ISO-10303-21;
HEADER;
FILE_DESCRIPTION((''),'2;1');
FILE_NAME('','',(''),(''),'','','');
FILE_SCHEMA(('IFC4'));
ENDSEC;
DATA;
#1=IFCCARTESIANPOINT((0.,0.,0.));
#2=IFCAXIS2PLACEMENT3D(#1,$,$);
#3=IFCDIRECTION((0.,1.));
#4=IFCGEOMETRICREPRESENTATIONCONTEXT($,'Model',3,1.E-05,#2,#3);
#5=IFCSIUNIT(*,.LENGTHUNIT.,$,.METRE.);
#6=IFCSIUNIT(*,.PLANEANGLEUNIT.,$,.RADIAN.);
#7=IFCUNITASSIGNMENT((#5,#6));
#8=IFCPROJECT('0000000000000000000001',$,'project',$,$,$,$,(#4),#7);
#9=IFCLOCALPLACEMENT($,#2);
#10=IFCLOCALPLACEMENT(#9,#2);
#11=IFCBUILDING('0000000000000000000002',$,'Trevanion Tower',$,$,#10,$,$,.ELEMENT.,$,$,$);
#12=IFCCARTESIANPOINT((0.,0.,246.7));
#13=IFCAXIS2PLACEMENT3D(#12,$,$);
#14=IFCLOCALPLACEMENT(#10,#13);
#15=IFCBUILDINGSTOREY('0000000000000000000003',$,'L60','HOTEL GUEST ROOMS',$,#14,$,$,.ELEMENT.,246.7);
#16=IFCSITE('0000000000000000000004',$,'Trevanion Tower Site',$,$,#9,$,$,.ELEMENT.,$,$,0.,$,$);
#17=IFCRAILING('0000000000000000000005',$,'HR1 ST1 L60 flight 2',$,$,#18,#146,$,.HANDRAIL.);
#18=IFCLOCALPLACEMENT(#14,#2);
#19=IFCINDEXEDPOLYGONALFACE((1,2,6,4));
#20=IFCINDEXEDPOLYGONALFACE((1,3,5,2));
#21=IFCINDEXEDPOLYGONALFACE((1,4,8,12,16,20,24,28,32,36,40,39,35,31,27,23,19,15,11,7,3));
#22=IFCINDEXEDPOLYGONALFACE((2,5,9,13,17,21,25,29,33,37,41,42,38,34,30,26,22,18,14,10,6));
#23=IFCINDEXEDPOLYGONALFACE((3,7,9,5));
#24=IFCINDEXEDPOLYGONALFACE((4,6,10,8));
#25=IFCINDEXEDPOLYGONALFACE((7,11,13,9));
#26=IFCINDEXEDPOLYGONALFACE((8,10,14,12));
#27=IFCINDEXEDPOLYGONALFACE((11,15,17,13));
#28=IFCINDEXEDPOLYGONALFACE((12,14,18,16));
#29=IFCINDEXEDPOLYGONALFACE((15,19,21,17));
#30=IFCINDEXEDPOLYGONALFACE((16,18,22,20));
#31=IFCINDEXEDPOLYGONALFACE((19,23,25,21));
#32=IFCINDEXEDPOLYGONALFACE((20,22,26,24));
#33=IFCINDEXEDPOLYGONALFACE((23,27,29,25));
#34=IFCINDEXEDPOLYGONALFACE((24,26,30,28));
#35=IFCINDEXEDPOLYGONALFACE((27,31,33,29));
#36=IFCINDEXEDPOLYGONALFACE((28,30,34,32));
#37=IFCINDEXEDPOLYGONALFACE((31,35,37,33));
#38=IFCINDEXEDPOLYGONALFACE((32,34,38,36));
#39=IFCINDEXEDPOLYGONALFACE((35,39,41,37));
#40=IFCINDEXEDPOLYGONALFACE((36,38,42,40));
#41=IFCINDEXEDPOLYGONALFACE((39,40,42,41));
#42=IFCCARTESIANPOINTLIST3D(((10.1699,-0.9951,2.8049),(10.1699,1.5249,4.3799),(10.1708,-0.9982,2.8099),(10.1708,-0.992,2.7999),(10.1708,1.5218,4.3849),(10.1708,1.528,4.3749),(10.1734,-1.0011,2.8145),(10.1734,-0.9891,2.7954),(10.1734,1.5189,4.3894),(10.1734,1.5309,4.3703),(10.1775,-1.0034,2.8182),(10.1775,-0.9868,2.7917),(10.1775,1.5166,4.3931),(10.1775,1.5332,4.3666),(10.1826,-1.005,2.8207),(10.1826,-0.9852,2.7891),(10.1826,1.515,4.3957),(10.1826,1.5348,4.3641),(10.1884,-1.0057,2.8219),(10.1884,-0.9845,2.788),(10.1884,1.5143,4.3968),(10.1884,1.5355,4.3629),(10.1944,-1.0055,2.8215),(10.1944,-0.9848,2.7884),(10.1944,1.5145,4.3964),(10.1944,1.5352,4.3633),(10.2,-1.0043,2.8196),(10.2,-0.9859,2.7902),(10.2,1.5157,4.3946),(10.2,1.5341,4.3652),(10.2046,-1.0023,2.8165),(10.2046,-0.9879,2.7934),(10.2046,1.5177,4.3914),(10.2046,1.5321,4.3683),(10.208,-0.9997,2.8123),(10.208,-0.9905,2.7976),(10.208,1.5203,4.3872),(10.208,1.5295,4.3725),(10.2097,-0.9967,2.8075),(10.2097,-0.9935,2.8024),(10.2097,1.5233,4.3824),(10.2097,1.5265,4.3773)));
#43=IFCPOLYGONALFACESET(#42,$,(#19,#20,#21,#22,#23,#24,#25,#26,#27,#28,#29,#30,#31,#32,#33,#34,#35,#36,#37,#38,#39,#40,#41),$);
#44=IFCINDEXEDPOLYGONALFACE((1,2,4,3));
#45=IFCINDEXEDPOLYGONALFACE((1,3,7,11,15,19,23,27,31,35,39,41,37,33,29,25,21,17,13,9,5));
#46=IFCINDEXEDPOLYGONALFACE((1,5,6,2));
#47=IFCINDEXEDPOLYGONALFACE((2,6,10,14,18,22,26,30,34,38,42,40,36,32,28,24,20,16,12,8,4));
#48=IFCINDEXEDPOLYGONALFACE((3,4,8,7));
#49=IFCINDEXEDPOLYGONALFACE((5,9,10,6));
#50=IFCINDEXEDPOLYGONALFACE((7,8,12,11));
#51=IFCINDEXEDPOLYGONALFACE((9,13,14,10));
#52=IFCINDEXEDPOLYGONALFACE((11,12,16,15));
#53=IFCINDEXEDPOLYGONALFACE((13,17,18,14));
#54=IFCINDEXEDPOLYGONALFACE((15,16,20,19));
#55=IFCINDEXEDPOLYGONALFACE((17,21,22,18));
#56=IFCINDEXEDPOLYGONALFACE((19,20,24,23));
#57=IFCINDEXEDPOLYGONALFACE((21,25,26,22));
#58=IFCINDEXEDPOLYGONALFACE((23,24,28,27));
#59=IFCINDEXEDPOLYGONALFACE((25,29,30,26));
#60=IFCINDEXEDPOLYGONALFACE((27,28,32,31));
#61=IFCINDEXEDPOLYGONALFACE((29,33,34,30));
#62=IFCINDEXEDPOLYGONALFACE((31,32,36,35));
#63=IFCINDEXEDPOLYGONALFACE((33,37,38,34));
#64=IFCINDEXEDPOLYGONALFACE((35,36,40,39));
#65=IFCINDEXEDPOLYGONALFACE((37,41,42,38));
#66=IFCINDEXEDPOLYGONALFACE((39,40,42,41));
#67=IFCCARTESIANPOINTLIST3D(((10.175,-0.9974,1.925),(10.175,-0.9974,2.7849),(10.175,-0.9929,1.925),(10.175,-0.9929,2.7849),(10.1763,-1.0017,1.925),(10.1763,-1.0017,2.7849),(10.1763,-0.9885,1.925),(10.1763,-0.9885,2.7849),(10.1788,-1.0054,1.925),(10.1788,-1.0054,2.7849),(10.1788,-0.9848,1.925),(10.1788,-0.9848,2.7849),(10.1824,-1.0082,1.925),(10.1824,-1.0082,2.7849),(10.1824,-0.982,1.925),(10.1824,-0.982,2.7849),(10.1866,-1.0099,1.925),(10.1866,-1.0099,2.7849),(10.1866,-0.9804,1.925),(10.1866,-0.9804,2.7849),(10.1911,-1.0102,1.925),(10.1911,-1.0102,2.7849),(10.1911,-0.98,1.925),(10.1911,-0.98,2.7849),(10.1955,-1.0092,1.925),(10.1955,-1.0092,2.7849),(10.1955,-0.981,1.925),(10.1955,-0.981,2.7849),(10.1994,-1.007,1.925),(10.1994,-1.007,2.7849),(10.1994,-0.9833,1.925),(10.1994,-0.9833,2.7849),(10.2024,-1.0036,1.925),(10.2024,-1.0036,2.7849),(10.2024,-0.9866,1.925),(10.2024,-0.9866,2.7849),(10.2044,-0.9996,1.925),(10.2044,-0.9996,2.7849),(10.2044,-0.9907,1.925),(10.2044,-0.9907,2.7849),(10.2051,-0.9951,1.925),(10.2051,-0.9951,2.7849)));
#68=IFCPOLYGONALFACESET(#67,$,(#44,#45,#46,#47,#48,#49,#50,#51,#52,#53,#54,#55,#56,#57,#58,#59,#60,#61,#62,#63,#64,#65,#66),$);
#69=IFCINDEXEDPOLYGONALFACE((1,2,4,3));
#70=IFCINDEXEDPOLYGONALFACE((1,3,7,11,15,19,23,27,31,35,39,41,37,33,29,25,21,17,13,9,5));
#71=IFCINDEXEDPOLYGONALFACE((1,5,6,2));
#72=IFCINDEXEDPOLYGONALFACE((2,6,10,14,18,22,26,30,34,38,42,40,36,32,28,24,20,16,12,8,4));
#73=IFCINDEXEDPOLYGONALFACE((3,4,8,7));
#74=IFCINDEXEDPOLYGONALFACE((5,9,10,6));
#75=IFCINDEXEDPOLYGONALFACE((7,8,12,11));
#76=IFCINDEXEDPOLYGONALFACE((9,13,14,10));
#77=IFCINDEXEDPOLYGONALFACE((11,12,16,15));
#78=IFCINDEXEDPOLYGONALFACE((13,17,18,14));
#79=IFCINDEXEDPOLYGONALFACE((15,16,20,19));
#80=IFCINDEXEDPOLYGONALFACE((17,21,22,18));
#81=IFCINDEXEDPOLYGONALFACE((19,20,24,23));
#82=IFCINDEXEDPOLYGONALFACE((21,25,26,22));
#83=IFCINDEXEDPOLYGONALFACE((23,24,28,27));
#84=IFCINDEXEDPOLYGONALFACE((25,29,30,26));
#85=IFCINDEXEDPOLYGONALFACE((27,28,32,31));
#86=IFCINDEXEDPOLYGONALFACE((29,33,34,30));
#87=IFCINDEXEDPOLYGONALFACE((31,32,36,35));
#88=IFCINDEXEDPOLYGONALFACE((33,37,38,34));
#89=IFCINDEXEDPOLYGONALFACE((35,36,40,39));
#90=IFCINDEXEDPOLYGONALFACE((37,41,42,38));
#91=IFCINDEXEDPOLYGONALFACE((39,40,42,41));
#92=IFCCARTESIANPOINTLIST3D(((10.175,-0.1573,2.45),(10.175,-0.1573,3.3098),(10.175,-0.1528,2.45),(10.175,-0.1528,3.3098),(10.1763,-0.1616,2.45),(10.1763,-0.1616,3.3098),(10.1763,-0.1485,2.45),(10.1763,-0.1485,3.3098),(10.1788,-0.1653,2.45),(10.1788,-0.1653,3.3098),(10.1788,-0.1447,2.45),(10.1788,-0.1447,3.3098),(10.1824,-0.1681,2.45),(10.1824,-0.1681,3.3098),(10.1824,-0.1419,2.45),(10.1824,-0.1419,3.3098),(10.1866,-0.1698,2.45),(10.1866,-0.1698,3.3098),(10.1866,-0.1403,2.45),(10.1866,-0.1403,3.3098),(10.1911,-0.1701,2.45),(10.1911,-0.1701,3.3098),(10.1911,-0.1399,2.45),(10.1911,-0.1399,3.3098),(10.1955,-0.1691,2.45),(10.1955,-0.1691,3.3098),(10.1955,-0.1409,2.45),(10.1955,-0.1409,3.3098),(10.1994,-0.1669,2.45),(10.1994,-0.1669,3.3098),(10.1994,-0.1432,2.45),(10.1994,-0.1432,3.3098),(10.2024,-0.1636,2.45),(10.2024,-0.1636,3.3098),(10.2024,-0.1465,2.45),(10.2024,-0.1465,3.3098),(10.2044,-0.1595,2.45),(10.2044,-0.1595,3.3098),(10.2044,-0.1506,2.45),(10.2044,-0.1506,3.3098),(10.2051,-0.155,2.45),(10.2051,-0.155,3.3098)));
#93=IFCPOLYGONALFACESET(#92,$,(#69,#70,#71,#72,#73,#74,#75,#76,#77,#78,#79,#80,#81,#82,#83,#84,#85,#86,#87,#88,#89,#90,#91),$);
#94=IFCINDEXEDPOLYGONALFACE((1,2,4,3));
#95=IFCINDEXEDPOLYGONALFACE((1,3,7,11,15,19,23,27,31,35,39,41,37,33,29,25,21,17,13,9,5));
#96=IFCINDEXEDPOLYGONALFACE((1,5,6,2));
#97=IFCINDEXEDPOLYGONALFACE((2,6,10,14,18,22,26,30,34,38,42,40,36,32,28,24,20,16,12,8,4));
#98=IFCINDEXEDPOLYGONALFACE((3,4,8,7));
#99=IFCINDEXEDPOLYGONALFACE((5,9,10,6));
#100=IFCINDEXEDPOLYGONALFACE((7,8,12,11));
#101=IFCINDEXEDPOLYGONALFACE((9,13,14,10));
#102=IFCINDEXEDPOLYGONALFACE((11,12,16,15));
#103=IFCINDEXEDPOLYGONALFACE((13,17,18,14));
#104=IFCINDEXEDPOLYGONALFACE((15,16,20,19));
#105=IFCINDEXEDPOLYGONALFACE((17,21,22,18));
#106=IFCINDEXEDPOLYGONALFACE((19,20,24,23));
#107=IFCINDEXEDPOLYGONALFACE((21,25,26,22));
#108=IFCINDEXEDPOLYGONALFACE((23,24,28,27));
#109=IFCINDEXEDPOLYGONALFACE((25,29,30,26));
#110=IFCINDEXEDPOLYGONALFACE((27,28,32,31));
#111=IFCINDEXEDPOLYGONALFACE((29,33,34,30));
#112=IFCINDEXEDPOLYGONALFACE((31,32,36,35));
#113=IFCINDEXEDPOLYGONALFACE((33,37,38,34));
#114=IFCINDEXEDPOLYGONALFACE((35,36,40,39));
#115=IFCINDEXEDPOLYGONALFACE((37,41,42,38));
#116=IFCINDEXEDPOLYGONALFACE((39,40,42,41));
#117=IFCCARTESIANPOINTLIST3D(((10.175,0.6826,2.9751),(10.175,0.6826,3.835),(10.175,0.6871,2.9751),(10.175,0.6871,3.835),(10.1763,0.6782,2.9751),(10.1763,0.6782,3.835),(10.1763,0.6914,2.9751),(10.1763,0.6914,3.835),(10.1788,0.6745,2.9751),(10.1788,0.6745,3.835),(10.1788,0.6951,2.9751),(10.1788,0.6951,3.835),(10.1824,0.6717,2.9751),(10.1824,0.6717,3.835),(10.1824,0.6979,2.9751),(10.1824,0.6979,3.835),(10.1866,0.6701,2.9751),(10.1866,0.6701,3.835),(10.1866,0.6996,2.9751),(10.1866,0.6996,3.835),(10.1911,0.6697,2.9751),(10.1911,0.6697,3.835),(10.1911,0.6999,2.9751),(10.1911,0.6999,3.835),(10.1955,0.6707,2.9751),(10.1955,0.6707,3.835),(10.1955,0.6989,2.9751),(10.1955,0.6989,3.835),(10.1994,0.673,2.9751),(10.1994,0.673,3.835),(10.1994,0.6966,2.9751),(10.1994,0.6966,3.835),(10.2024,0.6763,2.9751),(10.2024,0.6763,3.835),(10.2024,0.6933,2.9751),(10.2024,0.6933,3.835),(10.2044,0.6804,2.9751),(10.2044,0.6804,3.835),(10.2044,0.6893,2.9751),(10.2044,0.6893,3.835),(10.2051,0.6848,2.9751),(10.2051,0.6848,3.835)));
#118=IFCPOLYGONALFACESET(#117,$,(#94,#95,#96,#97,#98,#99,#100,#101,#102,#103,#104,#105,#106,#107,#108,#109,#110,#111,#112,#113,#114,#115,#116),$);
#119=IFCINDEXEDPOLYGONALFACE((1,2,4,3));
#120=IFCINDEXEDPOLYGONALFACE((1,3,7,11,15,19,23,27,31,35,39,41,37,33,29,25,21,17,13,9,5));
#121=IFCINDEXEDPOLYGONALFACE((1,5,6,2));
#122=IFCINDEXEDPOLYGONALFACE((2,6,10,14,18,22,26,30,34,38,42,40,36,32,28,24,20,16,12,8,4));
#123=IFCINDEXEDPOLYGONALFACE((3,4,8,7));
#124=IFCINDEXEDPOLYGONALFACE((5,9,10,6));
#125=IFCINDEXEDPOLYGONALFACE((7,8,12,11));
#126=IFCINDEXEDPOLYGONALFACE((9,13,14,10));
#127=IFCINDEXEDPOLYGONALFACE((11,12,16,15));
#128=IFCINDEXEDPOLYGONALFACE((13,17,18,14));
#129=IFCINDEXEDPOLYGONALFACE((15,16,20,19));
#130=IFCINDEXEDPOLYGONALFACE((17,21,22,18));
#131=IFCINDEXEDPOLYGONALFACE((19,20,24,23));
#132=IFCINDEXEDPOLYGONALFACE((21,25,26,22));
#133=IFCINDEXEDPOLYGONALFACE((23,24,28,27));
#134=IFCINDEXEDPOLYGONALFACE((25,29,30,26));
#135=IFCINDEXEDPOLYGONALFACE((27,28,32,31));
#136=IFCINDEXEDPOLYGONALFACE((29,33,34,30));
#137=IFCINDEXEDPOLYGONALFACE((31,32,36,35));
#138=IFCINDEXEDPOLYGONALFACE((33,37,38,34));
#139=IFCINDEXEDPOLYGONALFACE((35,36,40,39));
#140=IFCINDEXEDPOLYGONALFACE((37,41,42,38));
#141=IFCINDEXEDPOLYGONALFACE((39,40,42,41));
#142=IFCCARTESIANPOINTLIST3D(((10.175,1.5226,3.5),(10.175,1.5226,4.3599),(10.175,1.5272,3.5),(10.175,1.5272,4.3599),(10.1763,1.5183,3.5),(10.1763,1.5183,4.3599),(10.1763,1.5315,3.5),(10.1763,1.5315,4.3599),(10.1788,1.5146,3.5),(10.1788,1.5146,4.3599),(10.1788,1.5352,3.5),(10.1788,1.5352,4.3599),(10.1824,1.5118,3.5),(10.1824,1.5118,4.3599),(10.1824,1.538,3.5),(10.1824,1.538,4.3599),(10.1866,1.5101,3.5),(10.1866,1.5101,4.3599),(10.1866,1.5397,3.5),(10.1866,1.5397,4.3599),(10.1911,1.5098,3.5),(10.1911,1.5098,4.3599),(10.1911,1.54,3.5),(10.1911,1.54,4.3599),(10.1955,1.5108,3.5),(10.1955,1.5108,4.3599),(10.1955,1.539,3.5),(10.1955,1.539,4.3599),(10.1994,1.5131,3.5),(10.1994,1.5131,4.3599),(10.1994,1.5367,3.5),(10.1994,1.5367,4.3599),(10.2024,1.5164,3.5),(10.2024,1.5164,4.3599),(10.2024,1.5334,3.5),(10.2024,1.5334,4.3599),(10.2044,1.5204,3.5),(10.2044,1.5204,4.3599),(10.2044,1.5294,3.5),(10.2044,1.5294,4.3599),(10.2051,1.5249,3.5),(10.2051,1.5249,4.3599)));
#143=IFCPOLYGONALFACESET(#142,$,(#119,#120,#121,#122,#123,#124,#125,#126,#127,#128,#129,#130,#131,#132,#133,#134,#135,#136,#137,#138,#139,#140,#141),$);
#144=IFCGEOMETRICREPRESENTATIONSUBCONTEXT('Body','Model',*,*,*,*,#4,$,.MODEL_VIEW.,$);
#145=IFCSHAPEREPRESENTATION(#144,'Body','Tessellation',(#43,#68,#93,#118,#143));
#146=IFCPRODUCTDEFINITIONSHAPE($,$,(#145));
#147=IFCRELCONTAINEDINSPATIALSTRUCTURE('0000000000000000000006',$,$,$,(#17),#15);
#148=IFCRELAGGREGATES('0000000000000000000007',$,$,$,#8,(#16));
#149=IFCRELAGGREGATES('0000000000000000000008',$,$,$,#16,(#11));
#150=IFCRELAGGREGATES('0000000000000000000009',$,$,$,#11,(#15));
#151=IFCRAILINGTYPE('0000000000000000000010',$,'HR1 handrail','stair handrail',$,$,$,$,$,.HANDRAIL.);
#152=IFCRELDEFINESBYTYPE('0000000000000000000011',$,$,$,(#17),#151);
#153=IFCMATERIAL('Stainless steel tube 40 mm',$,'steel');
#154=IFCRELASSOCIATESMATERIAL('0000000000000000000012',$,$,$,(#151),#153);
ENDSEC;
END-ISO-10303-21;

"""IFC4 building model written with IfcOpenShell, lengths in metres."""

from ifc_helpers import new_model, si_unit, direction, frame, origin, origin_2d, place, context, subcontext, project, spatial, circle, extrude, material, type_object, element, save


model = new_model("IFC4")

# Units and contexts
model_context = context("Model", 3, precision=1e-05, world=origin(), true_north=direction((0.0, 1.0)))
body_context = subcontext(model_context, "Body", "Model", "MODEL_VIEW")
ifc_project = project(units=[si_unit("LENGTHUNIT", "METRE"), si_unit("PLANEANGLEUNIT", "RADIAN")], contexts=[model_context])

# Site, building, storey
site_placement = place(None, origin())
site = spatial("IfcSite", under=ifc_project, at=site_placement, Name="Trevanion Tower Site", CompositionType="ELEMENT", RefElevation=0.0)
building_placement = place(site_placement, origin())
building = spatial("IfcBuilding", under=site, at=building_placement, Name="Trevanion Tower", CompositionType="ELEMENT")
storey_placement = place(building_placement, frame((0.0, 0.0, 246.7)))
storey = spatial("IfcBuildingStorey", under=building, at=storey_placement, Name="L60", Description="HOTEL GUEST ROOMS", CompositionType="ELEMENT", Elevation=246.7)

# Railing
ifc_material_1 = material(Name="Stainless steel tube 40 mm", Category="steel")
railing_type = type_object("IfcRailingType", Name="HR1 handrail", Description="stair handrail", PredefinedType="HANDRAIL", material=ifc_material_1)
for number, where, name in (
    (1, (10.1899, -0.9951, 1.925), "HR1 ST1 L60 flight 2"),
):
    element("IfcRailing", number, at=place(storey_placement, frame(where)), inside=storey, type_object=railing_type, Name=name, PredefinedType="HANDRAIL", context=body_context, shape_type="SweptSolid", body=[
        extrude(circle(Radius=0.02, at=origin_2d()), frame((0.0, 0.0, 0.8799), z_axis=(0.0, 0.848008, 0.529984), x_axis=(-1.0, 0.0, 0.0)), (0.0, 0.0, 1.0), 2.9717),
        extrude(circle(Radius=0.0151, at=origin_2d()), origin(), (0.0, 0.0, 1.0), 0.8599),
        extrude(circle(Radius=0.0151, at=origin_2d()), frame((0.0, 0.8401, 0.5249)), (0.0, 0.0, 1.0), 0.8599),
        extrude(circle(Radius=0.0151, at=origin_2d()), frame((0.0, 1.6799, 1.05)), (0.0, 0.0, 1.0), 0.8599),
        extrude(circle(Radius=0.0151, at=origin_2d()), frame((0.0, 2.52, 1.575)), (0.0, 0.0, 1.0), 0.8599),
    ])

save(model, "model.ifc")
